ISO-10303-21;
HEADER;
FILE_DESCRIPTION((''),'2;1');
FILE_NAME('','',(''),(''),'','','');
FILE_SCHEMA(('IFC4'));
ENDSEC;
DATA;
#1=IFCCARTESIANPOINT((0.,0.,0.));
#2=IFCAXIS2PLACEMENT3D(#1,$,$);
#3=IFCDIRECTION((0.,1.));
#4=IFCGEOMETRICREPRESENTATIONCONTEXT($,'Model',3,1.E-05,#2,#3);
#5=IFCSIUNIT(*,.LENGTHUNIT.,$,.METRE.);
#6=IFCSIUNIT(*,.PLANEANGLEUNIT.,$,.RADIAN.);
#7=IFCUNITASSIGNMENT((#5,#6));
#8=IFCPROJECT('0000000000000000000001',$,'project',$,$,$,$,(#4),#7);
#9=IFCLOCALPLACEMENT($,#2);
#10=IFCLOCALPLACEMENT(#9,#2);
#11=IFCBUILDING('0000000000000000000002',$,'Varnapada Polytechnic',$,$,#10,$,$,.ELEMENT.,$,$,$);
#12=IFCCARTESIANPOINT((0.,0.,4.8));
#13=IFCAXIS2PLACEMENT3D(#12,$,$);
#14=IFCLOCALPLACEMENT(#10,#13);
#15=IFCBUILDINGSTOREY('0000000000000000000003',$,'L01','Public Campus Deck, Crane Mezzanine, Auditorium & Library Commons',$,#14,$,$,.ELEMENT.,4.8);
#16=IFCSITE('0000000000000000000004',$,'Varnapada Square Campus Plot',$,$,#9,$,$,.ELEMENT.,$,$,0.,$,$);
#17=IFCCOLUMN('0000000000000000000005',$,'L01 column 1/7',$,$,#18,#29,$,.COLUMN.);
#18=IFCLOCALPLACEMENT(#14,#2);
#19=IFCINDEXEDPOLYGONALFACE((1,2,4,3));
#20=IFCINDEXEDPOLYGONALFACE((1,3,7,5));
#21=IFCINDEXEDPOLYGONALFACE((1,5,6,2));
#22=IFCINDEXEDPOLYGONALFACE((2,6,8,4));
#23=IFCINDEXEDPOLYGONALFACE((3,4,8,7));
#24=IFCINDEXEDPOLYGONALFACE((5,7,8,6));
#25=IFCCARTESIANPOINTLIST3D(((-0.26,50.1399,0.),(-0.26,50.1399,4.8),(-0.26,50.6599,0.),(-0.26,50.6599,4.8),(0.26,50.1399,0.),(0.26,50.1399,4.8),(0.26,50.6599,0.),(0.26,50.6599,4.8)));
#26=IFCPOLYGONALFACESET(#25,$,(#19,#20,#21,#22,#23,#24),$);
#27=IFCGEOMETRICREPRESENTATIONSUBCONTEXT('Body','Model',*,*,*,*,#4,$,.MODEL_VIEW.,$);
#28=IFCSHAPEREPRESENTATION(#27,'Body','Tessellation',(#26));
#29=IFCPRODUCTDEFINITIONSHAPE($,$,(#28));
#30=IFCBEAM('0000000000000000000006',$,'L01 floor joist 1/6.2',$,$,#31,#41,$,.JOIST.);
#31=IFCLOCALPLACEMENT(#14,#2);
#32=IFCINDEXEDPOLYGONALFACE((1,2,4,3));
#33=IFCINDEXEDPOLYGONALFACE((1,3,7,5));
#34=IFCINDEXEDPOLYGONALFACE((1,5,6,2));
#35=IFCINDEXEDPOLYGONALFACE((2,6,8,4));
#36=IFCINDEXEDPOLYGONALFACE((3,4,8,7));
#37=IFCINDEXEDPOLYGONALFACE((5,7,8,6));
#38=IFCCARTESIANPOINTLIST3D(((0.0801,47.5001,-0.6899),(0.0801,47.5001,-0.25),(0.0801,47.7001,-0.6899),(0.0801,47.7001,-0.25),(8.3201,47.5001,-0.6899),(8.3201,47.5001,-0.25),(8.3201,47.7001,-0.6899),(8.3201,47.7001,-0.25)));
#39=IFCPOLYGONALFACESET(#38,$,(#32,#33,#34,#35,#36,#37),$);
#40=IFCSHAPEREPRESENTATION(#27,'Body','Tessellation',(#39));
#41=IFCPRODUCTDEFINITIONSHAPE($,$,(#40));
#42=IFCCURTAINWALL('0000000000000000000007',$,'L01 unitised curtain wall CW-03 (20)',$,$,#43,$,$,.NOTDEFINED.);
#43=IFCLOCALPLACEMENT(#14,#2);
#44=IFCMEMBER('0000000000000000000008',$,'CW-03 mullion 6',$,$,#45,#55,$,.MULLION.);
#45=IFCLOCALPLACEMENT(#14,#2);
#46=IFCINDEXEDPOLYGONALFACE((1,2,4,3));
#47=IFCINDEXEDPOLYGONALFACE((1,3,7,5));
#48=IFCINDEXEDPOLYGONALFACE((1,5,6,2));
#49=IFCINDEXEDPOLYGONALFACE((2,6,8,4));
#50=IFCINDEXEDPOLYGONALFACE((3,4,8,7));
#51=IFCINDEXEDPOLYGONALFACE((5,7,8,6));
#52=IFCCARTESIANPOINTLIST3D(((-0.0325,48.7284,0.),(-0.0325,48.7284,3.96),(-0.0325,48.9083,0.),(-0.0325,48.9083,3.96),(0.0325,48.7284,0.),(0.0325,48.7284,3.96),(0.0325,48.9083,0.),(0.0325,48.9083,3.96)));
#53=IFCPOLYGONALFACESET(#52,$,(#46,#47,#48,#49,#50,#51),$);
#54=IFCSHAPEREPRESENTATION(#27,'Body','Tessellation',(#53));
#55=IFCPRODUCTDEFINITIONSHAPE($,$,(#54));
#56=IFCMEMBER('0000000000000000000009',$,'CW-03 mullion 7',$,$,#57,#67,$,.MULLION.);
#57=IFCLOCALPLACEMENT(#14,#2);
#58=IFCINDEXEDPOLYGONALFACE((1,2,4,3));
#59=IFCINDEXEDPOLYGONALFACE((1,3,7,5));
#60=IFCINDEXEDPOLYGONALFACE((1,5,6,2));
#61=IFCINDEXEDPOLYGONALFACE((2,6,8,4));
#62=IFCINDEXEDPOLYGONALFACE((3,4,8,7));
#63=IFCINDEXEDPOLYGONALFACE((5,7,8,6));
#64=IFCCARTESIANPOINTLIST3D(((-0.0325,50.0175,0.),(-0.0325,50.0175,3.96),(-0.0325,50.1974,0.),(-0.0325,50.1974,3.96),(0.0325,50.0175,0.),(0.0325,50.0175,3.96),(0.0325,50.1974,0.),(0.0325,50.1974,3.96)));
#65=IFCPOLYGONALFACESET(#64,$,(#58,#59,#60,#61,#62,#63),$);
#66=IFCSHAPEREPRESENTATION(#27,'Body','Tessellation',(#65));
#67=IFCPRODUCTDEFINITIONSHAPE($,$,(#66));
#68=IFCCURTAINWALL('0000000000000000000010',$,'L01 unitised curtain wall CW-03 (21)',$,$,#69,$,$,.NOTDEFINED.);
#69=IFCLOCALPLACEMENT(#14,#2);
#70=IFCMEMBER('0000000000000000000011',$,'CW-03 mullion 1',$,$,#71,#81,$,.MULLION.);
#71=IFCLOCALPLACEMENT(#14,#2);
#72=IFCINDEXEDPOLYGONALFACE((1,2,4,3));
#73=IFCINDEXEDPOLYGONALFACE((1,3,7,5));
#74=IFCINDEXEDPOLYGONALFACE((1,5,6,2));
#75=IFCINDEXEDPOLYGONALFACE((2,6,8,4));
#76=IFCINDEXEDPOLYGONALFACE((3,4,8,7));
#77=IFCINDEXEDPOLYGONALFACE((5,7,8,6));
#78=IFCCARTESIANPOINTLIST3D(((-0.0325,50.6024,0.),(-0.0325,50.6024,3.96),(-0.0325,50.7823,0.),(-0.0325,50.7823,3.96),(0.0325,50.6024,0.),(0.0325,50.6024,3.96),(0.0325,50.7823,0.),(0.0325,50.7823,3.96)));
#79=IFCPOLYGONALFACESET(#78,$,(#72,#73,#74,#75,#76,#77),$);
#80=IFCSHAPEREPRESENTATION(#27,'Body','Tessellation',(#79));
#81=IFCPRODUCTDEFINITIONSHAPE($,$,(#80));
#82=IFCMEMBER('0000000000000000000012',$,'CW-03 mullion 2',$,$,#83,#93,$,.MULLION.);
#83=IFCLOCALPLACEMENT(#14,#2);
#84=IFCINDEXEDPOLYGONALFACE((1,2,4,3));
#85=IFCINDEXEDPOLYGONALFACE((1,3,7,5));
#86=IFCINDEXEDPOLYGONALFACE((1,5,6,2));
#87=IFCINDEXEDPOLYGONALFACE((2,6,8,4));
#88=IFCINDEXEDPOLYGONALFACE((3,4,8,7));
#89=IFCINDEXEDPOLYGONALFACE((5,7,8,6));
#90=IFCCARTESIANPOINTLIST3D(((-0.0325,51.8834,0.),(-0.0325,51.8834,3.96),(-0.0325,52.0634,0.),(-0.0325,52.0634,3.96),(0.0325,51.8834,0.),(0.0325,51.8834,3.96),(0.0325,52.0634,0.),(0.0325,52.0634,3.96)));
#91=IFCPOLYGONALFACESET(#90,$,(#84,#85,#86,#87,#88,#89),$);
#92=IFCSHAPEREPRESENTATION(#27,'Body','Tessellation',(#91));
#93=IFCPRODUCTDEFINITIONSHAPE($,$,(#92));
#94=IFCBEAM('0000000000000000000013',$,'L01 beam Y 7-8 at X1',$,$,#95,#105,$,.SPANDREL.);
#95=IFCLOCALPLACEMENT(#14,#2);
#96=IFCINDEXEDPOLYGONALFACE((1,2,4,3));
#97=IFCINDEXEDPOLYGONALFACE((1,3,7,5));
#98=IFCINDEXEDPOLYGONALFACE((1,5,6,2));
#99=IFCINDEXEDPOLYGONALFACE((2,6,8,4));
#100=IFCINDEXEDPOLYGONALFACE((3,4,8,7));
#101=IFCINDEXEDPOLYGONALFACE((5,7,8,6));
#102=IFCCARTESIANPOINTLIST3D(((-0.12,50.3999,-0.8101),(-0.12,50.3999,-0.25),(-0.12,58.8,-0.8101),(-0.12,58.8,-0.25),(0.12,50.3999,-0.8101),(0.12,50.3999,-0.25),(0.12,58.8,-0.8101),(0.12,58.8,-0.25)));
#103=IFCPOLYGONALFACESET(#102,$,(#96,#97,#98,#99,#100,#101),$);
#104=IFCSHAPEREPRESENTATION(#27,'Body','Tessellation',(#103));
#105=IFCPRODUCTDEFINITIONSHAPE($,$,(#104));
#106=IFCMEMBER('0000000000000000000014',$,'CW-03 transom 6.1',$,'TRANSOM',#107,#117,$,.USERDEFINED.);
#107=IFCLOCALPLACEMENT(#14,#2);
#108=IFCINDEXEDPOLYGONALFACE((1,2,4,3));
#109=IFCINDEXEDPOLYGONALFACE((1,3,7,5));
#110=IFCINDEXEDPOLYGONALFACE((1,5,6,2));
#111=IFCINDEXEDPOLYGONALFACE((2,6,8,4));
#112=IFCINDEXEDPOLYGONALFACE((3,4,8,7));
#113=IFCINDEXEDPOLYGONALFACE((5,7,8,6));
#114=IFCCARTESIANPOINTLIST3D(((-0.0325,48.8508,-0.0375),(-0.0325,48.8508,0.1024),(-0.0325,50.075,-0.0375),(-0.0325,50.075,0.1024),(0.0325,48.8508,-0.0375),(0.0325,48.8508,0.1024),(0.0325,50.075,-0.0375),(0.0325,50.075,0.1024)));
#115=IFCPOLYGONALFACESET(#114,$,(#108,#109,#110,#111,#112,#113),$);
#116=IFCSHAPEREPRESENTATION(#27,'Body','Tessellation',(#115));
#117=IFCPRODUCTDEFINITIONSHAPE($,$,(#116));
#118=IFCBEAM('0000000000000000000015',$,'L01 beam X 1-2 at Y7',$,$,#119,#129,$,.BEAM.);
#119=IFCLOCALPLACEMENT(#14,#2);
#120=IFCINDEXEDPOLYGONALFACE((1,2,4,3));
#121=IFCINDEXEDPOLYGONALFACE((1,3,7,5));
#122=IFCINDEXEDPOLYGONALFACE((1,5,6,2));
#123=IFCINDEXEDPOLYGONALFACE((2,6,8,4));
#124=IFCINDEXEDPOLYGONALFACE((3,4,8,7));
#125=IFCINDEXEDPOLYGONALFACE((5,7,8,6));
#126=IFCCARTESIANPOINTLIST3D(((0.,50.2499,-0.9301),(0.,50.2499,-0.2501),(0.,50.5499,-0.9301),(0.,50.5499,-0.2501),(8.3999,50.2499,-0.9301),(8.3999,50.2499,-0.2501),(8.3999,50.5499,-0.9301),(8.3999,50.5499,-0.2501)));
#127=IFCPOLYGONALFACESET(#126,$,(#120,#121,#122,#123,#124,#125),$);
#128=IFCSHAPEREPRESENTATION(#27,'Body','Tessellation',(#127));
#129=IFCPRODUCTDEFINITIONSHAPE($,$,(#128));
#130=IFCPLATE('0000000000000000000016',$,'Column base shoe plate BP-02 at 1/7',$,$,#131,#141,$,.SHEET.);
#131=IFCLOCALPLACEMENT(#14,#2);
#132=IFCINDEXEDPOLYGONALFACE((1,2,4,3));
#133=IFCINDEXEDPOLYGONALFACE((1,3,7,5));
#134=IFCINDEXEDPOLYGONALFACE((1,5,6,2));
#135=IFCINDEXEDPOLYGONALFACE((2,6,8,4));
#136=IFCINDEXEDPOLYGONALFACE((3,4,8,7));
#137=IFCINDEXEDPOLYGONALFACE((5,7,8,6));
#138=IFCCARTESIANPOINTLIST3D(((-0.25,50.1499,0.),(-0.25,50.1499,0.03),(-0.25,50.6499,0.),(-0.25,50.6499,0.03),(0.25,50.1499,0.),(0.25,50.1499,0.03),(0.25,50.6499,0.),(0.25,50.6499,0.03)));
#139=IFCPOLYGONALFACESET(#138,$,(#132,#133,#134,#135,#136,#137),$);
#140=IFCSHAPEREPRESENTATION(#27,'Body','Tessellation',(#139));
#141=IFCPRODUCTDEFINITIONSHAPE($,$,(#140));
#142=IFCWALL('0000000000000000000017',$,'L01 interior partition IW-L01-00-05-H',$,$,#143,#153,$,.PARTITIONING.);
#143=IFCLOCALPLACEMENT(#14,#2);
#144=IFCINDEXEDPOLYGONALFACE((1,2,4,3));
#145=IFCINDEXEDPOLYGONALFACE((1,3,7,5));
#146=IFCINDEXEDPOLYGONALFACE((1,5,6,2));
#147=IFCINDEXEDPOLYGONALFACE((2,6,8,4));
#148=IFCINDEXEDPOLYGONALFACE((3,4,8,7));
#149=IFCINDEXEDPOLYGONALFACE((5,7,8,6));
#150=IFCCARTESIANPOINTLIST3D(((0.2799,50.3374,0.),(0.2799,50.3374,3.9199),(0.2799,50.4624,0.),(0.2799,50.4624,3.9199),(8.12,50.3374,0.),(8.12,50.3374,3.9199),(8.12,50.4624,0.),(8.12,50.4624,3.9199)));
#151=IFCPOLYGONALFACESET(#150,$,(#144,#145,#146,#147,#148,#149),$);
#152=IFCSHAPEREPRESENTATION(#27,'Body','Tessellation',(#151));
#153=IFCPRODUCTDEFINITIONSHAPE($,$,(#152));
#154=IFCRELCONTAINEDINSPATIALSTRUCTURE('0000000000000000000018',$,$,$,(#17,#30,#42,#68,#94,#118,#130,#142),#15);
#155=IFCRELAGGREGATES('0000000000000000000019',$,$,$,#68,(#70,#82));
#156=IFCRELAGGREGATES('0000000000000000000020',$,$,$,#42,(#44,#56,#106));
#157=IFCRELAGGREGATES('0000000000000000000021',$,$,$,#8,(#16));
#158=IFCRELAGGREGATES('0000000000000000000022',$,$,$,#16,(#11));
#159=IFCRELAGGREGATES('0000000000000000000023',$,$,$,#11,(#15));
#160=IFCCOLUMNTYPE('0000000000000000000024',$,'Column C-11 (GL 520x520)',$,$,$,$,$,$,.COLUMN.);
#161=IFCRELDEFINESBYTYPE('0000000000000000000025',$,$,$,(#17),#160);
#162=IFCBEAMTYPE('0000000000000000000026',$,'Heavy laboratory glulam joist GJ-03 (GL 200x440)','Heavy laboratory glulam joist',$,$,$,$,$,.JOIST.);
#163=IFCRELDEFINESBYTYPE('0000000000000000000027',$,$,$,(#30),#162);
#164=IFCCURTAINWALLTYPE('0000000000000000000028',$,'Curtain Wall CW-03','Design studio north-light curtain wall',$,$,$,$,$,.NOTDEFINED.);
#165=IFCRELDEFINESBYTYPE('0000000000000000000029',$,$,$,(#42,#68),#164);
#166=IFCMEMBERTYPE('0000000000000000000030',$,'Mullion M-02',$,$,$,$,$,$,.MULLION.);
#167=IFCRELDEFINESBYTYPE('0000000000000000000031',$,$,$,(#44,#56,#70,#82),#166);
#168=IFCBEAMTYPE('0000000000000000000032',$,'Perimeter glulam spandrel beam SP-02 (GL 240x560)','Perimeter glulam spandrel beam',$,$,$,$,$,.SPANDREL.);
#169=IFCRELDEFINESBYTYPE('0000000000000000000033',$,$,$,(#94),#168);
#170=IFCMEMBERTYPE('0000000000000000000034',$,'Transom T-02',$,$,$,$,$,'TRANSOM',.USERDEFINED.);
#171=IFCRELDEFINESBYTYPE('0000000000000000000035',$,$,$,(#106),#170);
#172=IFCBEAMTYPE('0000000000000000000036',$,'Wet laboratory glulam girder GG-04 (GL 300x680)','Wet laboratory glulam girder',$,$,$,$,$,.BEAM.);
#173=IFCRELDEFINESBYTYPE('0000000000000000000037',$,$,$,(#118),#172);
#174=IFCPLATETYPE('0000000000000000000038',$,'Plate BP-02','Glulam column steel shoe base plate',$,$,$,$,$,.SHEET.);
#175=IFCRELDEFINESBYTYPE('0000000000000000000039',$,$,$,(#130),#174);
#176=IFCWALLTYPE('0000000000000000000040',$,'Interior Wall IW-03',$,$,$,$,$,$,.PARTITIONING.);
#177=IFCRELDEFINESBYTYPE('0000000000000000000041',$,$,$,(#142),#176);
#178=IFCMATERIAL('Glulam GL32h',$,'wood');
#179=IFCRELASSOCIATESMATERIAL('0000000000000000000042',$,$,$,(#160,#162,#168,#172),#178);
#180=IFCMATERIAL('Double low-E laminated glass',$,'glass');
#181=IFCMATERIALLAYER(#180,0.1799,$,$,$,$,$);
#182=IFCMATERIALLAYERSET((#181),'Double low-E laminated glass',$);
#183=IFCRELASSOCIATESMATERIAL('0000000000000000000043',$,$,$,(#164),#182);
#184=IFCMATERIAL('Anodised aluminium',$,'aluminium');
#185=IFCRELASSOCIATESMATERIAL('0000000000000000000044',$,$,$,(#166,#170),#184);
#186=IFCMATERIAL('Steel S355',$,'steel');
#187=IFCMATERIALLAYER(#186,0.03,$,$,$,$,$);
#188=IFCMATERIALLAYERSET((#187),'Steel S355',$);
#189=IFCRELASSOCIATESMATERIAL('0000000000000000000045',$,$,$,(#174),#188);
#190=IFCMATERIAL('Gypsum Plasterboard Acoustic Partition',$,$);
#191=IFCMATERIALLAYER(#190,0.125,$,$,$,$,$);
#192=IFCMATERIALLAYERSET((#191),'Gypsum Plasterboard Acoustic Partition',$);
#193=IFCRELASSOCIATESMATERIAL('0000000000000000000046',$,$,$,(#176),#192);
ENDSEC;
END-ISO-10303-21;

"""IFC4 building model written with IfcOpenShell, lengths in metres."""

from ifc_helpers import new_model, si_unit, direction, frame, frame_2d, origin, origin_2d, place, context, subcontext, project, spatial, rectangle, extrude, material, layer, layer_set, material_profile, profile_set, type_object, element, aggregate, save


model = new_model("IFC4")

# Units and contexts
model_context = context("Model", 3, precision=1e-05, world=origin(), true_north=direction((0.0, 1.0)))
body_context = subcontext(model_context, "Body", "Model", "MODEL_VIEW")
ifc_project = project(units=[si_unit("LENGTHUNIT", "METRE"), si_unit("PLANEANGLEUNIT", "RADIAN")], contexts=[model_context])

# Site, building, storey
site_placement = place(None, origin())
site = spatial("IfcSite", under=ifc_project, at=site_placement, Name="Varnapada Square Campus Plot", CompositionType="ELEMENT", RefElevation=0.0)
building_placement = place(site_placement, origin())
building = spatial("IfcBuilding", under=site, at=building_placement, Name="Varnapada Polytechnic", CompositionType="ELEMENT")
storey_placement = place(building_placement, frame((0.0, 0.0, 4.8)))
storey = spatial("IfcBuildingStorey", under=building, at=storey_placement, Name="L01", Description="Public Campus Deck, Crane Mezzanine, Auditorium & Library Commons", CompositionType="ELEMENT", Elevation=4.8)

# Column
ifc_material_1 = material(Name="Glulam GL32h", Category="wood")
ifc_material_profile_1 = material_profile(ifc_material_1, rectangle(XDim=0.52, YDim=0.52, at=origin_2d()), Name="GL 520x520")
ifc_profile_set_1 = profile_set([ifc_material_profile_1], Name="Glulam GL32h")
column_type = type_object("IfcColumnType", Name="Column C-11 (GL 520x520)", PredefinedType="COLUMN", material=ifc_profile_set_1)
column_placement = place(storey_placement, frame((0.0, 50.3999, 0.0), z_axis=(0.0, 0.0, 1.0), x_axis=(1.0, 0.0, 0.0)))
element("IfcColumn", 1, at=column_placement, inside=storey, type_object=column_type, Name="L01 column 1/7", PredefinedType="COLUMN", context=body_context, shape_type="SweptSolid", body=[
    extrude(rectangle(XDim=0.52, YDim=0.52, at=origin_2d()), origin(), (0.0, 0.0, 1.0), 4.8),
])

# Beam
ifc_material_profile_2 = material_profile(ifc_material_1, rectangle(XDim=0.2, YDim=0.4399, at=origin_2d()), Name="GL 200x440")
ifc_profile_set_2 = profile_set([ifc_material_profile_2], Name="Glulam GL32h")
beam_type_1 = type_object("IfcBeamType", Name="Heavy laboratory glulam joist GJ-03 (GL 200x440)", Description="Heavy laboratory glulam joist", PredefinedType="JOIST", material=ifc_profile_set_2)
beam_1_placement = place(storey_placement, frame((0.0801, 47.6001, -0.47), z_axis=(1.0, 0.0, 0.0), x_axis=(0.0, 1.0, 0.0)))
element("IfcBeam", 2, at=beam_1_placement, inside=storey, type_object=beam_type_1, Name="L01 floor joist 1/6.2", PredefinedType="JOIST", context=body_context, shape_type="SweptSolid", body=[
    extrude(rectangle(XDim=0.2, YDim=0.4399, at=origin_2d()), origin(), (0.0, 0.0, 1.0), 8.24),
])

# Curtain walls, members
ifc_material_2 = material(Name="Double low-E laminated glass", Category="glass")
ifc_layer_1 = layer(ifc_material_2, 0.1799)
ifc_layer_set_1 = layer_set([ifc_layer_1], Name="Double low-E laminated glass")
curtain_wall_type = type_object("IfcCurtainWallType", Name="Curtain Wall CW-03", Description="Design studio north-light curtain wall", PredefinedType="NOTDEFINED", material=ifc_layer_set_1)
curtain_wall_1_placement = place(storey_placement, origin())
curtain_wall_1 = element("IfcCurtainWall", 3, at=curtain_wall_1_placement, inside=storey, type_object=curtain_wall_type, Name="L01 unitised curtain wall CW-03 (20)", PredefinedType="NOTDEFINED")
ifc_material_3 = material(Name="Anodised aluminium", Category="aluminium")
ifc_material_profile_3 = material_profile(ifc_material_3, rectangle(XDim=0.0649, YDim=0.1799, at=origin_2d()), Name="ALU M65x180")
ifc_profile_set_3 = profile_set([ifc_material_profile_3], Name="Anodised aluminium")
member_type_1 = type_object("IfcMemberType", Name="Mullion M-02", PredefinedType="MULLION", material=ifc_profile_set_3)
member_1_placement = place(storey_placement, frame((0.0, 48.8184, 0.0), z_axis=(0.0, 0.0, 1.0), x_axis=(-1.0, 0.0, 0.0)))
member_1 = element("IfcMember", 4, at=member_1_placement, type_object=member_type_1, Name="CW-03 mullion 6", PredefinedType="MULLION", context=body_context, shape_type="SweptSolid", body=[
    extrude(rectangle(XDim=0.0649, YDim=0.1799, at=origin_2d()), origin(), (0.0, 0.0, 1.0), 3.96),
])
member_2_placement = place(storey_placement, frame((0.0, 50.1074, 0.0), z_axis=(0.0, 0.0, 1.0), x_axis=(-1.0, 0.0, 0.0)))
member_2 = element("IfcMember", 5, at=member_2_placement, type_object=member_type_1, Name="CW-03 mullion 7", PredefinedType="MULLION", context=body_context, shape_type="SweptSolid", body=[
    extrude(rectangle(XDim=0.0649, YDim=0.1799, at=origin_2d()), origin(), (0.0, 0.0, 1.0), 3.96),
])
curtain_wall_2_placement = place(storey_placement, origin())
curtain_wall_2 = element("IfcCurtainWall", 6, at=curtain_wall_2_placement, inside=storey, type_object=curtain_wall_type, Name="L01 unitised curtain wall CW-03 (21)", PredefinedType="NOTDEFINED")
member_3_placement = place(storey_placement, frame((0.0, 50.6924, 0.0), z_axis=(0.0, 0.0, 1.0), x_axis=(-1.0, 0.0, 0.0)))
member_3 = element("IfcMember", 7, at=member_3_placement, type_object=member_type_1, Name="CW-03 mullion 1", PredefinedType="MULLION", context=body_context, shape_type="SweptSolid", body=[
    extrude(rectangle(XDim=0.0649, YDim=0.1799, at=origin_2d()), origin(), (0.0, 0.0, 1.0), 3.96),
])
member_4_placement = place(storey_placement, frame((0.0, 51.9734, 0.0), z_axis=(0.0, 0.0, 1.0), x_axis=(-1.0, 0.0, 0.0)))
member_4 = element("IfcMember", 8, at=member_4_placement, type_object=member_type_1, Name="CW-03 mullion 2", PredefinedType="MULLION", context=body_context, shape_type="SweptSolid", body=[
    extrude(rectangle(XDim=0.0649, YDim=0.1799, at=origin_2d()), origin(), (0.0, 0.0, 1.0), 3.96),
])
aggregate(curtain_wall_2, [member_3, member_4])

# Beam
ifc_material_profile_4 = material_profile(ifc_material_1, rectangle(XDim=0.24, YDim=0.5601, at=origin_2d()), Name="GL 240x560")
ifc_profile_set_4 = profile_set([ifc_material_profile_4], Name="Glulam GL32h")
beam_type_2 = type_object("IfcBeamType", Name="Perimeter glulam spandrel beam SP-02 (GL 240x560)", Description="Perimeter glulam spandrel beam", PredefinedType="SPANDREL", material=ifc_profile_set_4)
beam_2_placement = place(storey_placement, frame((0.0, 50.3999, -0.53), z_axis=(0.0, 1.0, 0.0), x_axis=(-1.0, 0.0, 0.0)))
element("IfcBeam", 9, at=beam_2_placement, inside=storey, type_object=beam_type_2, Name="L01 beam Y 7-8 at X1", PredefinedType="SPANDREL", context=body_context, shape_type="SweptSolid", body=[
    extrude(rectangle(XDim=0.24, YDim=0.5601, at=origin_2d()), origin(), (0.0, 0.0, 1.0), 8.4001),
])

# Member
ifc_material_profile_5 = material_profile(ifc_material_3, rectangle(XDim=0.0649, YDim=0.1399, at=origin_2d()), Name="ALU T65x140")
ifc_profile_set_5 = profile_set([ifc_material_profile_5], Name="Anodised aluminium")
member_type_2 = type_object("IfcMemberType", Name="Transom T-02", ElementType="TRANSOM", PredefinedType="USERDEFINED", material=ifc_profile_set_5)
member_5_placement = place(storey_placement, frame((0.0, 48.8508, 0.0325), z_axis=(0.0, 1.0, 0.0), x_axis=(-1.0, 0.0, 0.0)))
member_5 = element("IfcMember", 10, at=member_5_placement, type_object=member_type_2, Name="CW-03 transom 6.1", ObjectType="TRANSOM", PredefinedType="USERDEFINED", context=body_context, shape_type="SweptSolid", body=[
    extrude(rectangle(XDim=0.0649, YDim=0.1399, at=origin_2d()), origin(), (0.0, 0.0, 1.0), 1.2241),
])
aggregate(curtain_wall_1, [member_1, member_2, member_5])

# Beam
ifc_material_profile_6 = material_profile(ifc_material_1, rectangle(XDim=0.3, YDim=0.6799, at=origin_2d()), Name="GL 300x680")
ifc_profile_set_6 = profile_set([ifc_material_profile_6], Name="Glulam GL32h")
beam_type_3 = type_object("IfcBeamType", Name="Wet laboratory glulam girder GG-04 (GL 300x680)", Description="Wet laboratory glulam girder", PredefinedType="BEAM", material=ifc_profile_set_6)
beam_3_placement = place(storey_placement, frame((0.0, 50.3999, -0.5901), z_axis=(1.0, 0.0, 0.0), x_axis=(0.0, 1.0, 0.0)))
element("IfcBeam", 11, at=beam_3_placement, inside=storey, type_object=beam_type_3, Name="L01 beam X 1-2 at Y7", PredefinedType="BEAM", context=body_context, shape_type="SweptSolid", body=[
    extrude(rectangle(XDim=0.3, YDim=0.6799, at=origin_2d()), origin(), (0.0, 0.0, 1.0), 8.3999),
])

# Plate
ifc_material_4 = material(Name="Steel S355", Category="steel")
ifc_layer_2 = layer(ifc_material_4, 0.03)
ifc_layer_set_2 = layer_set([ifc_layer_2], Name="Steel S355")
plate_type = type_object("IfcPlateType", Name="Plate BP-02", Description="Glulam column steel shoe base plate", PredefinedType="SHEET", material=ifc_layer_set_2)
plate_placement = place(storey_placement, frame((0.0, 50.3999, 0.0), z_axis=(0.0, 0.0, 1.0), x_axis=(1.0, 0.0, 0.0)))
element("IfcPlate", 12, at=plate_placement, inside=storey, type_object=plate_type, Name="Column base shoe plate BP-02 at 1/7", PredefinedType="SHEET", context=body_context, shape_type="SweptSolid", body=[
    extrude(rectangle(XDim=0.5, YDim=0.5, at=origin_2d()), origin(), (0.0, 0.0, 1.0), 0.03),
])

# Wall
ifc_material_5 = material(Name="Gypsum Plasterboard Acoustic Partition")
ifc_layer_3 = layer(ifc_material_5, 0.125)
ifc_layer_set_3 = layer_set([ifc_layer_3], Name="Gypsum Plasterboard Acoustic Partition")
wall_type = type_object("IfcWallType", Name="Interior Wall IW-03", PredefinedType="PARTITIONING", material=ifc_layer_set_3)
wall_placement = place(storey_placement, frame((0.28, 50.3999, 0.0), z_axis=(0.0, 0.0, 1.0), x_axis=(1.0, 0.0, 0.0)))
element("IfcWall", 13, at=wall_placement, inside=storey, type_object=wall_type, Name="L01 interior partition IW-L01-00-05-H", PredefinedType="PARTITIONING", context=body_context, shape_type="SweptSolid", body=[
    extrude(rectangle(XDim=7.8401, YDim=0.125, at=frame_2d((3.9199, 0.0))), origin(), (0.0, 0.0, 1.0), 3.9199),
])

save(model, "model.ifc")
